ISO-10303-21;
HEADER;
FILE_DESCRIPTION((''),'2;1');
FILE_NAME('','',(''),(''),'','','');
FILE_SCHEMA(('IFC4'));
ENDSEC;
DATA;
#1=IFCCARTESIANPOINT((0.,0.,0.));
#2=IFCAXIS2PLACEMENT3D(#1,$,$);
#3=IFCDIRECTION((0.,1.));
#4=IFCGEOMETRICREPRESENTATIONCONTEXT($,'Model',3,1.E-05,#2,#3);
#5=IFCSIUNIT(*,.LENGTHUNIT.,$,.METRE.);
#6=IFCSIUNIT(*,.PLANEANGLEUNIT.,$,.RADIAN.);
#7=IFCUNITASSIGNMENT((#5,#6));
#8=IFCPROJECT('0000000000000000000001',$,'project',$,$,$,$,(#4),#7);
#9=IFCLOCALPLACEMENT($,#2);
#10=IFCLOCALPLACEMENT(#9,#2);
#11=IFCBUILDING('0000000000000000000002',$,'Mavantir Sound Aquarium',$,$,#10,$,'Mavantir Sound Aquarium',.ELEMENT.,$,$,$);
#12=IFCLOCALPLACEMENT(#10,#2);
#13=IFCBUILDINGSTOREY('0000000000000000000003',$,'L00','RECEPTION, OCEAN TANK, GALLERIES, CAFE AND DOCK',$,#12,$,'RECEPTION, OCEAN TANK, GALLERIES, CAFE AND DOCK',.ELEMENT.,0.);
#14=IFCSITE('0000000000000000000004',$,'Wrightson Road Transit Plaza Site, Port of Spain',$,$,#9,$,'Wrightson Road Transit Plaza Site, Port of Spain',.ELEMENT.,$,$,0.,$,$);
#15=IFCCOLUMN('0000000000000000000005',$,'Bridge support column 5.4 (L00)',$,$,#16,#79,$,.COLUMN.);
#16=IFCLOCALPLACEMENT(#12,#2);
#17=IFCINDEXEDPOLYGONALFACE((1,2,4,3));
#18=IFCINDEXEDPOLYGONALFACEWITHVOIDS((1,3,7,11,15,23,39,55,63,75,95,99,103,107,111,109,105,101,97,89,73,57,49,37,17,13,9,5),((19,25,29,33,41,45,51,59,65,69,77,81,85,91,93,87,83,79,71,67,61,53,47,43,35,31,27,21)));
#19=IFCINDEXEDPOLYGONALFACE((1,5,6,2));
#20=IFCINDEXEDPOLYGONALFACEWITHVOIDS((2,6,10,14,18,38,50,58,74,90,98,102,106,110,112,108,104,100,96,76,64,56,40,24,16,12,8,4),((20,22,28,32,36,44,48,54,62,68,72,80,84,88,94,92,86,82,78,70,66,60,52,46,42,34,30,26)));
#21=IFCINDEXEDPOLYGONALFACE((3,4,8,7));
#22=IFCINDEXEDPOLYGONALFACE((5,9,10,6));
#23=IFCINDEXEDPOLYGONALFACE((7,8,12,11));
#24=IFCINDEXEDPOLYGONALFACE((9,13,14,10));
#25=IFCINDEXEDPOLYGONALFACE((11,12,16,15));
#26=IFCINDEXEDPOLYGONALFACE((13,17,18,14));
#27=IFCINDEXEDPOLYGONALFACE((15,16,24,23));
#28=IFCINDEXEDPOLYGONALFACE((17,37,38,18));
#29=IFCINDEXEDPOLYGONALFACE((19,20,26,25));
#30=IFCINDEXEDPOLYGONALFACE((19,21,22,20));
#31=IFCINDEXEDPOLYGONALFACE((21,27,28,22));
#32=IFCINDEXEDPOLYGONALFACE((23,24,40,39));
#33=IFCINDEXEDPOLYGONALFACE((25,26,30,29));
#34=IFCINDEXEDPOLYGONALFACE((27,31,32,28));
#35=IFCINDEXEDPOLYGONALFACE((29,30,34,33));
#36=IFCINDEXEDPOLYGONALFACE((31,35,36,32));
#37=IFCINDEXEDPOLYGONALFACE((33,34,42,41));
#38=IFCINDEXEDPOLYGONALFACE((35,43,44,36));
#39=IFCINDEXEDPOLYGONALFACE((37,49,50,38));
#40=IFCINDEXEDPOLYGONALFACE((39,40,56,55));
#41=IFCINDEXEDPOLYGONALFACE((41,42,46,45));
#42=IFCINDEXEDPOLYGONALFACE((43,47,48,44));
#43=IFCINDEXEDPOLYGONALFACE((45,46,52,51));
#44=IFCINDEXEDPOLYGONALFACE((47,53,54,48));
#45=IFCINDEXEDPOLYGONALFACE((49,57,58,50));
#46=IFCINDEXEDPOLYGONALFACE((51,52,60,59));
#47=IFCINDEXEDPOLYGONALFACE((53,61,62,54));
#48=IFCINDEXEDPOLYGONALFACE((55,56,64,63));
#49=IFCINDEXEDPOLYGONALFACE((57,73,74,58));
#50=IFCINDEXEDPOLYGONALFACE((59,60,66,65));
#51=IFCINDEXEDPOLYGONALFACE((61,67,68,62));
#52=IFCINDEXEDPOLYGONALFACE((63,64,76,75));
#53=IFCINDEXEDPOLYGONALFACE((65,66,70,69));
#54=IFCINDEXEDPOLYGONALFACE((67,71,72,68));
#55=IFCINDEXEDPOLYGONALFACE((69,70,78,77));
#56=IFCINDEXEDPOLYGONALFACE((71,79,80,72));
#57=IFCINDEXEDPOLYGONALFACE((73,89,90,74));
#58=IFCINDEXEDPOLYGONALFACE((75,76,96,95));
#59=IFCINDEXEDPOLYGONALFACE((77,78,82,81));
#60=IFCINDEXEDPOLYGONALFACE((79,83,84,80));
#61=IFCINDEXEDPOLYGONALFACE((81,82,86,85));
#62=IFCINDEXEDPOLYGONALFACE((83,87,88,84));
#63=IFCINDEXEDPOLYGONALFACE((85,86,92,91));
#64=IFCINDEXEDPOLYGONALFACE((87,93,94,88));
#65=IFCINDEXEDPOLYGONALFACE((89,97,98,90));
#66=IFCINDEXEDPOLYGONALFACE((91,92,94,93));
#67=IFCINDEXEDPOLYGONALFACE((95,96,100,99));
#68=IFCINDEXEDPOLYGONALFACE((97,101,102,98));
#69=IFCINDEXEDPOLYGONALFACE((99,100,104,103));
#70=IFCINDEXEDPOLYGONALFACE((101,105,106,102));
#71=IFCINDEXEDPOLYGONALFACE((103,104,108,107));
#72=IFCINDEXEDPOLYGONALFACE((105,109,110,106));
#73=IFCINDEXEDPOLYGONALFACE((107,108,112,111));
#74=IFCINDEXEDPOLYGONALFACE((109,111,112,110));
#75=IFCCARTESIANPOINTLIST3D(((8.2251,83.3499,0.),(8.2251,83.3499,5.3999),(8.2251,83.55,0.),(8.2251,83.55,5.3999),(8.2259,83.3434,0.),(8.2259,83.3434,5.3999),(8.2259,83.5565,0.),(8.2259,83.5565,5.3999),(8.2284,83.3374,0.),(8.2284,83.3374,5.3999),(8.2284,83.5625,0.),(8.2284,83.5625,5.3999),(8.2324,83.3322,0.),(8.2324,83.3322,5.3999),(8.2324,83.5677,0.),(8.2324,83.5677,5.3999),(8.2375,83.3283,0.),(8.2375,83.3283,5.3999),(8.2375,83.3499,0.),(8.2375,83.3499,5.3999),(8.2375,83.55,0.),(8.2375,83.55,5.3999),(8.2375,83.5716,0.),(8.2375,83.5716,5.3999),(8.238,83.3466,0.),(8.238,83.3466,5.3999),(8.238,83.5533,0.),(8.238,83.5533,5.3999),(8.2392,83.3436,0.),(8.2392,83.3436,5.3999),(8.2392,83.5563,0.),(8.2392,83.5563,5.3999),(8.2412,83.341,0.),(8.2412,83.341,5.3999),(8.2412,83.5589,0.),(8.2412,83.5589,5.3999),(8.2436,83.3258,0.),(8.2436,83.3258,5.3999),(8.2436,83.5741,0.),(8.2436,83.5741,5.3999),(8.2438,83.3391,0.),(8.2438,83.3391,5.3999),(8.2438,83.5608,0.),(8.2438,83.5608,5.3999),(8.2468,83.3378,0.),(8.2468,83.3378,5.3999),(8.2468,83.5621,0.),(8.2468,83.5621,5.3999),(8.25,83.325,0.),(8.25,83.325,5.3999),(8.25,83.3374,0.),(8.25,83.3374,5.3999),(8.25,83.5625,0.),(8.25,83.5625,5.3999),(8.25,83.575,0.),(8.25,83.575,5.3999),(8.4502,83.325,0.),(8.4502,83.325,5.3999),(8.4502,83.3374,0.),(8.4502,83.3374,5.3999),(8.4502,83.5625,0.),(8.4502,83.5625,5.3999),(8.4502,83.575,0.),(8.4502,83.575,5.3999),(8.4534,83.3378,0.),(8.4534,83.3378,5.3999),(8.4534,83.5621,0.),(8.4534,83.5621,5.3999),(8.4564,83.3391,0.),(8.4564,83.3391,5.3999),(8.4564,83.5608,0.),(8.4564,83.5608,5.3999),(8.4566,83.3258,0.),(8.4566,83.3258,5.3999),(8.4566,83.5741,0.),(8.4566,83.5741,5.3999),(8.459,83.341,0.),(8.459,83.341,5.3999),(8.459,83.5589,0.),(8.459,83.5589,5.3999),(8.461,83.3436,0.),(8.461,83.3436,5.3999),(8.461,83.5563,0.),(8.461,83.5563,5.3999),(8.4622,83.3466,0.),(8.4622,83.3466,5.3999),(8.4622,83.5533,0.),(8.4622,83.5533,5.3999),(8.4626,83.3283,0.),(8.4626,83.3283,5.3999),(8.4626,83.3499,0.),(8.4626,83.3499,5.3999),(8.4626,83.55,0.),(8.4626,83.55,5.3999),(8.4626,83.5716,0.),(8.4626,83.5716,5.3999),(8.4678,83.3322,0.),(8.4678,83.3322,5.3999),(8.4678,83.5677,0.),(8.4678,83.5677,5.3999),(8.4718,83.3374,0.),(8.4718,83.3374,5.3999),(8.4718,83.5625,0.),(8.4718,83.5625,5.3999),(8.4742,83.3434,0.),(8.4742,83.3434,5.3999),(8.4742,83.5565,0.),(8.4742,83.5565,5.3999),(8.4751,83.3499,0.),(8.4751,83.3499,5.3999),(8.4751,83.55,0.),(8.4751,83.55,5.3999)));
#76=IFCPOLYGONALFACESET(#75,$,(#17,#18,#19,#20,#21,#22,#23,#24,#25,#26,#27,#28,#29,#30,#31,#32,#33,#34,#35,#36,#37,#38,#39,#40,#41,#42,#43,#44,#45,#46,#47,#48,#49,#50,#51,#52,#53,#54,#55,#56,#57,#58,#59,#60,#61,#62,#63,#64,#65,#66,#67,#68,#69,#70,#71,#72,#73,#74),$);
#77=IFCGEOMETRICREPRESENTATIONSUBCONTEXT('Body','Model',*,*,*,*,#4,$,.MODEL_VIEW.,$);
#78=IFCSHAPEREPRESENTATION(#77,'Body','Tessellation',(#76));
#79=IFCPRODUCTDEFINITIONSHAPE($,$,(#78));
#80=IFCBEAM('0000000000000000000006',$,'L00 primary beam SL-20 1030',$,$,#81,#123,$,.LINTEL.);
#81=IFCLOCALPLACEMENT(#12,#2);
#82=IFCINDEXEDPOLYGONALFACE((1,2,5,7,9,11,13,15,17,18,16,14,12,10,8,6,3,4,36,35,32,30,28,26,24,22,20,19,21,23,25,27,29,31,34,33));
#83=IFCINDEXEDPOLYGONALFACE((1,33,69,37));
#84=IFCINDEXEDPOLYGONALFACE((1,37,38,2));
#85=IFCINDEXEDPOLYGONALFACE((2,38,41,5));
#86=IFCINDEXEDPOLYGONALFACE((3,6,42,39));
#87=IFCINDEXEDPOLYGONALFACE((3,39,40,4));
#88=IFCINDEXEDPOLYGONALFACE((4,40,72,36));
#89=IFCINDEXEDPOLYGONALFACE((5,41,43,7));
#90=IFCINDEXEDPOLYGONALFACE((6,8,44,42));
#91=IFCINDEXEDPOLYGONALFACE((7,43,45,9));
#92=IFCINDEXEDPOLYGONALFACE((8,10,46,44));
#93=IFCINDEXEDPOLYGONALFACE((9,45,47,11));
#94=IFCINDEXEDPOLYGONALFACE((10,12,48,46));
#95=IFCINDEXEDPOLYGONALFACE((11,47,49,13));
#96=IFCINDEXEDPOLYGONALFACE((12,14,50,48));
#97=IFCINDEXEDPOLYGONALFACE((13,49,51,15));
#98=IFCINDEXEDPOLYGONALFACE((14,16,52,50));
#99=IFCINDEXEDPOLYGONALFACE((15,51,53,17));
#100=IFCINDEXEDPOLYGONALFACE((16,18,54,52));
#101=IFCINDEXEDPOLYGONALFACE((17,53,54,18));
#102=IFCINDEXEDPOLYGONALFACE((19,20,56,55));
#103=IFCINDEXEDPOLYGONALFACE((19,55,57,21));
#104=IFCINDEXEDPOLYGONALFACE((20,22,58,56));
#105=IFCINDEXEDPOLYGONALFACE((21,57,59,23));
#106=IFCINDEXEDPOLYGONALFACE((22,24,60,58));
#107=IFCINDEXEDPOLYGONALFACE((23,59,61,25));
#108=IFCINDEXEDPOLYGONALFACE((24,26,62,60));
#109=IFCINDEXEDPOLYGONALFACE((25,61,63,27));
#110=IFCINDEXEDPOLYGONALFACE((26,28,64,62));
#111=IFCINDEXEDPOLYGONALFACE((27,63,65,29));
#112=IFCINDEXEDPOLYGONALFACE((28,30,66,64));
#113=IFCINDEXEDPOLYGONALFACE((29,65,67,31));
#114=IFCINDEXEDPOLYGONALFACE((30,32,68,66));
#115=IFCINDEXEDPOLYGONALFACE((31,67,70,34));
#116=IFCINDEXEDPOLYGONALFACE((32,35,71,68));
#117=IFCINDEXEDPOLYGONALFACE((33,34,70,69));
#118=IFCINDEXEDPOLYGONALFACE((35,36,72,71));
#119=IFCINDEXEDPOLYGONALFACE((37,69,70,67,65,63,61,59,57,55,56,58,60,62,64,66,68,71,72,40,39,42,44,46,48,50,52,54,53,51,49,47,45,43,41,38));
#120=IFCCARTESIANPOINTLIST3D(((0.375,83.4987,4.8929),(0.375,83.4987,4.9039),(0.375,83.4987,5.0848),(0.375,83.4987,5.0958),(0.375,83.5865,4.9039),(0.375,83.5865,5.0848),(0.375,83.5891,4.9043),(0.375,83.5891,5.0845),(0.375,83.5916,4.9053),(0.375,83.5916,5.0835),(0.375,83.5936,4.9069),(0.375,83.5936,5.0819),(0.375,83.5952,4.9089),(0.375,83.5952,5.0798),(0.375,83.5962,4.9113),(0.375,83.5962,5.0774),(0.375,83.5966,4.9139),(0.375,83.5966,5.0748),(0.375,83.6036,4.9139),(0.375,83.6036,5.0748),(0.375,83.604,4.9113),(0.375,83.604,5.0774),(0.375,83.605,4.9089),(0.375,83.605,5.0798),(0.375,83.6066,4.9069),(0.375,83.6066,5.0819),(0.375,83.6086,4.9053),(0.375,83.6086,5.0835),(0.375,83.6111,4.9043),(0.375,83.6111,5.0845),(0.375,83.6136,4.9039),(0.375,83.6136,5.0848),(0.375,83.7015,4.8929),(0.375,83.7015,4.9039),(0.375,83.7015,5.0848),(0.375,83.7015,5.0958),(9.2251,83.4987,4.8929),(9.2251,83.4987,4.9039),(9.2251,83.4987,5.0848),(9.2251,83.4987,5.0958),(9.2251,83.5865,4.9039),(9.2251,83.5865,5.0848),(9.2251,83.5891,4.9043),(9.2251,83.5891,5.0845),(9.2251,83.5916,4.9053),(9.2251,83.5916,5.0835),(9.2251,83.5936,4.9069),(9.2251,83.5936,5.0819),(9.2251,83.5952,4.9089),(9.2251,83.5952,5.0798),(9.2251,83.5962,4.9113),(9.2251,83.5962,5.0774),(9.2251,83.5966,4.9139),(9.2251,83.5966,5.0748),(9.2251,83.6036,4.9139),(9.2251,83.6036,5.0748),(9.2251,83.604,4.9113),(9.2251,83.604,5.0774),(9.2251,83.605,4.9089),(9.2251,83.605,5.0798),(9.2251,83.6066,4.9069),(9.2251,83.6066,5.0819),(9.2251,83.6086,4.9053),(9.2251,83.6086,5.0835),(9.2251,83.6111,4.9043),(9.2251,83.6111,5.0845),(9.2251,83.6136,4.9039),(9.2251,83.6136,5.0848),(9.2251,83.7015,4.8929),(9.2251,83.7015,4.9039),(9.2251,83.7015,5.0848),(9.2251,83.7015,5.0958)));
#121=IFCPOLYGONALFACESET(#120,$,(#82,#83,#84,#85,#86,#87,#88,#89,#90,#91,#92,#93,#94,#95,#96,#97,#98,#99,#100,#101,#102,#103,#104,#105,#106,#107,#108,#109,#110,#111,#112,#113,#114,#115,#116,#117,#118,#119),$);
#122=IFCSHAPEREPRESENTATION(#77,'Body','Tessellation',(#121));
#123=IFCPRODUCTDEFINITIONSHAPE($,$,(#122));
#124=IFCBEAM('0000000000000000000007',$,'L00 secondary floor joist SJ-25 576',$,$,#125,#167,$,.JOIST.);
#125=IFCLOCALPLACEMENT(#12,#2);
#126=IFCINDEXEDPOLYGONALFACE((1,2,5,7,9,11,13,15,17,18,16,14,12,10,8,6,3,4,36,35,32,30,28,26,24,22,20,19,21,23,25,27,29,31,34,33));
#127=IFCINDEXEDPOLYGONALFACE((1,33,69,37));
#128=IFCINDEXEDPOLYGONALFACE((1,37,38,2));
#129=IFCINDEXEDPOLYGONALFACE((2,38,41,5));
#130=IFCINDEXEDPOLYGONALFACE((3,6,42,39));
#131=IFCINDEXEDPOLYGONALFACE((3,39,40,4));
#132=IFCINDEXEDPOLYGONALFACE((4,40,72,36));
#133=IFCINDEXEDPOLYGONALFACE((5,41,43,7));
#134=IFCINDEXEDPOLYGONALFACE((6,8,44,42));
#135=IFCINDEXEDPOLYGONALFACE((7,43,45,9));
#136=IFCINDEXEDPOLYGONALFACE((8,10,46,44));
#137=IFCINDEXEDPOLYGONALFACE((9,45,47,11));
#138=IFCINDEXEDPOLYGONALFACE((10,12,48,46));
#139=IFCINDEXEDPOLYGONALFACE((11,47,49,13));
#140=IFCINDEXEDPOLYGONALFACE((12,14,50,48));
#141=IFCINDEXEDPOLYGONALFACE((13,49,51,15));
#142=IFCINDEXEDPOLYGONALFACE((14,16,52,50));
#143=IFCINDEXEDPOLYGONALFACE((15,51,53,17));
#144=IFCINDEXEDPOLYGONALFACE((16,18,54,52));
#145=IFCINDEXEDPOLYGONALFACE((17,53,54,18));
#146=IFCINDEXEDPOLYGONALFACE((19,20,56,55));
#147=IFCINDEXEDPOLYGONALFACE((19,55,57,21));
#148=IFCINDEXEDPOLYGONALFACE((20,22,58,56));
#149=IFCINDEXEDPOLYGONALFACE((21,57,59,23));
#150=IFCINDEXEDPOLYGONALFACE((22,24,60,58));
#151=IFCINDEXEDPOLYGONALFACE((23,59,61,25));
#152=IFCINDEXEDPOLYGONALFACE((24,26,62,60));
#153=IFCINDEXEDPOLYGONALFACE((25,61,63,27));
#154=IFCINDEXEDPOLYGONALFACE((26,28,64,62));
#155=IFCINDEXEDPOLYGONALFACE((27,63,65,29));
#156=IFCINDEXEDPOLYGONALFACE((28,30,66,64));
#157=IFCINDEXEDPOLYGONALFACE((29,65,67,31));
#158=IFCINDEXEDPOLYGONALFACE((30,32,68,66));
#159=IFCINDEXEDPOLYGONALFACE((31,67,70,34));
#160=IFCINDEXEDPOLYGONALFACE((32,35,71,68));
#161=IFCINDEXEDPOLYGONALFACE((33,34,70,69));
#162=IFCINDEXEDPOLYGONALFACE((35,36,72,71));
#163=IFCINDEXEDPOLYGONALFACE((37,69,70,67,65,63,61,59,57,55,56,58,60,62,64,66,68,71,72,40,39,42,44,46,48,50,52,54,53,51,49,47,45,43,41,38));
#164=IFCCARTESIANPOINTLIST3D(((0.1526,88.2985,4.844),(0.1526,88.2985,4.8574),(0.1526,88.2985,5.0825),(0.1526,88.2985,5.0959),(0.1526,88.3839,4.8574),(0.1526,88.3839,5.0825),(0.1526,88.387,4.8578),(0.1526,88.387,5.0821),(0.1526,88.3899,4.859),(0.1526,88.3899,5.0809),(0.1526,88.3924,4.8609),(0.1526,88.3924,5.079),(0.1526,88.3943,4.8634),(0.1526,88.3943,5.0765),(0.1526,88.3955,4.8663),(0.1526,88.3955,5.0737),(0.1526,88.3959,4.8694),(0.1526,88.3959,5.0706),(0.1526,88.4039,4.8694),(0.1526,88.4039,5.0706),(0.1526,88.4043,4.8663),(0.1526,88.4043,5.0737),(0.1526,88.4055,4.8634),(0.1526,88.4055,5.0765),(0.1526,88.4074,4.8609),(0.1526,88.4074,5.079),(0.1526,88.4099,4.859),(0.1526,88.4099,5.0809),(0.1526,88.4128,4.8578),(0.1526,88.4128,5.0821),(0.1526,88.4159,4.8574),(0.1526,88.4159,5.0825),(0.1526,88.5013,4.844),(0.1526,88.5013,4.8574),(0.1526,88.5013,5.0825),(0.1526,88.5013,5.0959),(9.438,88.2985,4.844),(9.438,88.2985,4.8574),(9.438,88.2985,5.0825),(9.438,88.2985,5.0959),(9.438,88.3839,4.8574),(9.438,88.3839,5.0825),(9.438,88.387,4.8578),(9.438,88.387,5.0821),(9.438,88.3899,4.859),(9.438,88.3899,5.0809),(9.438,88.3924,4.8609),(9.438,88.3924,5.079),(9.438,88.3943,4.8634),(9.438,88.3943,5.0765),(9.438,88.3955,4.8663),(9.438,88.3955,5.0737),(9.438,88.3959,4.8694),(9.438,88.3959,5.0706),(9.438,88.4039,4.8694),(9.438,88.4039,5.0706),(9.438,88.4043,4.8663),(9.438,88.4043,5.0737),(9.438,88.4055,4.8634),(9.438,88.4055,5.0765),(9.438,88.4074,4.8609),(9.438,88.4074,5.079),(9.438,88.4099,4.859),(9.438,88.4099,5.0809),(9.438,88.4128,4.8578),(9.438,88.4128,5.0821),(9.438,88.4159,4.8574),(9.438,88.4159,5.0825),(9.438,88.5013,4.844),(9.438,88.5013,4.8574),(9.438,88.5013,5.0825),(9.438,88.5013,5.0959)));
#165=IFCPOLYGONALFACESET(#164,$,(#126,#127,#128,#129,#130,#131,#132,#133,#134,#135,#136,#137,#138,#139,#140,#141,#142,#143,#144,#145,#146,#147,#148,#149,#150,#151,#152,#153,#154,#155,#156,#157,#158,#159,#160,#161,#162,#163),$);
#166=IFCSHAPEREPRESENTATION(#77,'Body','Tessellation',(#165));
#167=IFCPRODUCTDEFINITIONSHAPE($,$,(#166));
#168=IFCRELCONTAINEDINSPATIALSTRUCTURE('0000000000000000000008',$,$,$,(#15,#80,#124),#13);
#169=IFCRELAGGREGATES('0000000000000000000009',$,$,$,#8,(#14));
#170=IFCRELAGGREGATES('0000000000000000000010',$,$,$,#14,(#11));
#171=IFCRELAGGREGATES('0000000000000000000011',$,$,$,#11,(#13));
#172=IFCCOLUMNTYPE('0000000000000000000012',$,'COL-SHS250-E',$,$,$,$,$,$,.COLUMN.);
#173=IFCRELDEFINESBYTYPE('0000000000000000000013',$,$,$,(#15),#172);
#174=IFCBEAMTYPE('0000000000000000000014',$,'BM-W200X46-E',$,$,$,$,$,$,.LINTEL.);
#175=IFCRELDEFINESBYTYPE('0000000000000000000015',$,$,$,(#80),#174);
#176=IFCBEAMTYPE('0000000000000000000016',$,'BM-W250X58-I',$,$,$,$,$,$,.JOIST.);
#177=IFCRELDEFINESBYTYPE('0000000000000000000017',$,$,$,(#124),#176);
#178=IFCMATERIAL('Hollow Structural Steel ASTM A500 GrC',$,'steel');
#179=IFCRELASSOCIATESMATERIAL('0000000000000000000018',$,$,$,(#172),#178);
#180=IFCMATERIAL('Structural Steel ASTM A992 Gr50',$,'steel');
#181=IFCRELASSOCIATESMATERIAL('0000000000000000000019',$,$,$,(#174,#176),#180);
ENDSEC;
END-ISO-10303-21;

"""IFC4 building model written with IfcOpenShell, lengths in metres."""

from ifc_helpers import new_model, si_unit, direction, frame, origin, origin_2d, place, context, subcontext, project, spatial, hollow_rectangle, i_section, extrude, material, material_profile, profile_set, type_object, element, save


model = new_model("IFC4")

# Units and contexts
model_context = context("Model", 3, precision=1e-05, world=origin(), true_north=direction((0.0, 1.0)))
body_context = subcontext(model_context, "Body", "Model", "MODEL_VIEW")
ifc_project = project(units=[si_unit("LENGTHUNIT", "METRE"), si_unit("PLANEANGLEUNIT", "RADIAN")], contexts=[model_context])

# Site, building, storey
site_placement = place(None, origin())
site = spatial("IfcSite", under=ifc_project, at=site_placement, Name="Wrightson Road Transit Plaza Site, Port of Spain", LongName="Wrightson Road Transit Plaza Site, Port of Spain", CompositionType="ELEMENT", RefElevation=0.0)
building_placement = place(site_placement, origin())
building = spatial("IfcBuilding", under=site, at=building_placement, Name="Mavantir Sound Aquarium", LongName="Mavantir Sound Aquarium", CompositionType="ELEMENT")
storey_placement = place(building_placement, origin())
storey = spatial("IfcBuildingStorey", under=building, at=storey_placement, Name="L00", Description="RECEPTION, OCEAN TANK, GALLERIES, CAFE AND DOCK", LongName="RECEPTION, OCEAN TANK, GALLERIES, CAFE AND DOCK", CompositionType="ELEMENT", Elevation=0.0)

# Column
ifc_material_1 = material(Name="Hollow Structural Steel ASTM A500 GrC", Category="steel")
ifc_material_profile_1 = material_profile(ifc_material_1, hollow_rectangle(XDim=0.25, YDim=0.25, WallThickness=0.0125, InnerFilletRadius=0.0125, OuterFilletRadius=0.0249, at=origin_2d()), Name="SHS 250X250X12.5")
ifc_profile_set_1 = profile_set([ifc_material_profile_1], Name="Hollow Structural Steel ASTM A500 GrC")
column_type_1 = type_object("IfcColumnType", Name="COL-SHS250-E", PredefinedType="COLUMN", material=ifc_profile_set_1)
for number, where, z_axis, x_axis, name in (
    (1, (8.3501, 83.45, 0.0), (0.0, 0.0, 1.0), (1.0, 0.0, 0.0), "Bridge support column 5.4 (L00)"),
):
    element("IfcColumn", number, at=place(storey_placement, frame(where, z_axis=z_axis, x_axis=x_axis)), inside=storey, type_object=column_type_1, Name=name, PredefinedType="COLUMN", context=body_context, shape_type="SweptSolid", body=[
        extrude(hollow_rectangle(XDim=0.25, YDim=0.25, WallThickness=0.0125, InnerFilletRadius=0.0125, OuterFilletRadius=0.0249, at=origin_2d()), origin(), (0.0, 0.0, 1.0), 5.3999),
    ])

# Beams
ifc_material_2 = material(Name="Structural Steel ASTM A992 Gr50", Category="steel")
ifc_material_profile_2 = material_profile(ifc_material_2, i_section(OverallWidth=0.2029, OverallDepth=0.2029, WebThickness=0.0071, FlangeThickness=0.011, FilletRadius=0.01, at=origin_2d()), Name="W200X46")
ifc_profile_set_2 = profile_set([ifc_material_profile_2], Name="Structural Steel ASTM A992 Gr50")
beam_type_1 = type_object("IfcBeamType", Name="BM-W200X46-E", PredefinedType="LINTEL", material=ifc_profile_set_2)
beam_1_placement = place(storey_placement, frame((0.375, 83.6001, 4.9944), z_axis=(1.0, 0.0, 0.0), x_axis=(0.0, 1.0, 0.0)))
element("IfcBeam", 2, at=beam_1_placement, inside=storey, type_object=beam_type_1, Name="L00 primary beam SL-20 1030", PredefinedType="LINTEL", context=body_context, shape_type="SweptSolid", body=[
    extrude(i_section(OverallWidth=0.2029, OverallDepth=0.2029, WebThickness=0.0071, FlangeThickness=0.011, FilletRadius=0.01, at=origin_2d()), origin(), (0.0, 0.0, 1.0), 8.8501),
])
ifc_material_profile_3 = material_profile(ifc_material_2, i_section(OverallWidth=0.2029, OverallDepth=0.252, WebThickness=0.0081, FlangeThickness=0.0134, FilletRadius=0.012, at=origin_2d()), Name="W250X58")
ifc_profile_set_3 = profile_set([ifc_material_profile_3], Name="Structural Steel ASTM A992 Gr50")
beam_type_2 = type_object("IfcBeamType", Name="BM-W250X58-I", PredefinedType="JOIST", material=ifc_profile_set_3)
beam_2_placement = place(storey_placement, frame((0.1526, 88.3999, 4.97), z_axis=(1.0, 0.0, 0.0), x_axis=(0.0, 1.0, 0.0)))
element("IfcBeam", 3, at=beam_2_placement, inside=storey, type_object=beam_type_2, Name="L00 secondary floor joist SJ-25 576", PredefinedType="JOIST", context=body_context, shape_type="SweptSolid", body=[
    extrude(i_section(OverallWidth=0.2029, OverallDepth=0.252, WebThickness=0.0081, FlangeThickness=0.0134, FilletRadius=0.012, at=origin_2d()), origin(), (0.0, 0.0, 1.0), 9.2854),
])

save(model, "model.ifc")
